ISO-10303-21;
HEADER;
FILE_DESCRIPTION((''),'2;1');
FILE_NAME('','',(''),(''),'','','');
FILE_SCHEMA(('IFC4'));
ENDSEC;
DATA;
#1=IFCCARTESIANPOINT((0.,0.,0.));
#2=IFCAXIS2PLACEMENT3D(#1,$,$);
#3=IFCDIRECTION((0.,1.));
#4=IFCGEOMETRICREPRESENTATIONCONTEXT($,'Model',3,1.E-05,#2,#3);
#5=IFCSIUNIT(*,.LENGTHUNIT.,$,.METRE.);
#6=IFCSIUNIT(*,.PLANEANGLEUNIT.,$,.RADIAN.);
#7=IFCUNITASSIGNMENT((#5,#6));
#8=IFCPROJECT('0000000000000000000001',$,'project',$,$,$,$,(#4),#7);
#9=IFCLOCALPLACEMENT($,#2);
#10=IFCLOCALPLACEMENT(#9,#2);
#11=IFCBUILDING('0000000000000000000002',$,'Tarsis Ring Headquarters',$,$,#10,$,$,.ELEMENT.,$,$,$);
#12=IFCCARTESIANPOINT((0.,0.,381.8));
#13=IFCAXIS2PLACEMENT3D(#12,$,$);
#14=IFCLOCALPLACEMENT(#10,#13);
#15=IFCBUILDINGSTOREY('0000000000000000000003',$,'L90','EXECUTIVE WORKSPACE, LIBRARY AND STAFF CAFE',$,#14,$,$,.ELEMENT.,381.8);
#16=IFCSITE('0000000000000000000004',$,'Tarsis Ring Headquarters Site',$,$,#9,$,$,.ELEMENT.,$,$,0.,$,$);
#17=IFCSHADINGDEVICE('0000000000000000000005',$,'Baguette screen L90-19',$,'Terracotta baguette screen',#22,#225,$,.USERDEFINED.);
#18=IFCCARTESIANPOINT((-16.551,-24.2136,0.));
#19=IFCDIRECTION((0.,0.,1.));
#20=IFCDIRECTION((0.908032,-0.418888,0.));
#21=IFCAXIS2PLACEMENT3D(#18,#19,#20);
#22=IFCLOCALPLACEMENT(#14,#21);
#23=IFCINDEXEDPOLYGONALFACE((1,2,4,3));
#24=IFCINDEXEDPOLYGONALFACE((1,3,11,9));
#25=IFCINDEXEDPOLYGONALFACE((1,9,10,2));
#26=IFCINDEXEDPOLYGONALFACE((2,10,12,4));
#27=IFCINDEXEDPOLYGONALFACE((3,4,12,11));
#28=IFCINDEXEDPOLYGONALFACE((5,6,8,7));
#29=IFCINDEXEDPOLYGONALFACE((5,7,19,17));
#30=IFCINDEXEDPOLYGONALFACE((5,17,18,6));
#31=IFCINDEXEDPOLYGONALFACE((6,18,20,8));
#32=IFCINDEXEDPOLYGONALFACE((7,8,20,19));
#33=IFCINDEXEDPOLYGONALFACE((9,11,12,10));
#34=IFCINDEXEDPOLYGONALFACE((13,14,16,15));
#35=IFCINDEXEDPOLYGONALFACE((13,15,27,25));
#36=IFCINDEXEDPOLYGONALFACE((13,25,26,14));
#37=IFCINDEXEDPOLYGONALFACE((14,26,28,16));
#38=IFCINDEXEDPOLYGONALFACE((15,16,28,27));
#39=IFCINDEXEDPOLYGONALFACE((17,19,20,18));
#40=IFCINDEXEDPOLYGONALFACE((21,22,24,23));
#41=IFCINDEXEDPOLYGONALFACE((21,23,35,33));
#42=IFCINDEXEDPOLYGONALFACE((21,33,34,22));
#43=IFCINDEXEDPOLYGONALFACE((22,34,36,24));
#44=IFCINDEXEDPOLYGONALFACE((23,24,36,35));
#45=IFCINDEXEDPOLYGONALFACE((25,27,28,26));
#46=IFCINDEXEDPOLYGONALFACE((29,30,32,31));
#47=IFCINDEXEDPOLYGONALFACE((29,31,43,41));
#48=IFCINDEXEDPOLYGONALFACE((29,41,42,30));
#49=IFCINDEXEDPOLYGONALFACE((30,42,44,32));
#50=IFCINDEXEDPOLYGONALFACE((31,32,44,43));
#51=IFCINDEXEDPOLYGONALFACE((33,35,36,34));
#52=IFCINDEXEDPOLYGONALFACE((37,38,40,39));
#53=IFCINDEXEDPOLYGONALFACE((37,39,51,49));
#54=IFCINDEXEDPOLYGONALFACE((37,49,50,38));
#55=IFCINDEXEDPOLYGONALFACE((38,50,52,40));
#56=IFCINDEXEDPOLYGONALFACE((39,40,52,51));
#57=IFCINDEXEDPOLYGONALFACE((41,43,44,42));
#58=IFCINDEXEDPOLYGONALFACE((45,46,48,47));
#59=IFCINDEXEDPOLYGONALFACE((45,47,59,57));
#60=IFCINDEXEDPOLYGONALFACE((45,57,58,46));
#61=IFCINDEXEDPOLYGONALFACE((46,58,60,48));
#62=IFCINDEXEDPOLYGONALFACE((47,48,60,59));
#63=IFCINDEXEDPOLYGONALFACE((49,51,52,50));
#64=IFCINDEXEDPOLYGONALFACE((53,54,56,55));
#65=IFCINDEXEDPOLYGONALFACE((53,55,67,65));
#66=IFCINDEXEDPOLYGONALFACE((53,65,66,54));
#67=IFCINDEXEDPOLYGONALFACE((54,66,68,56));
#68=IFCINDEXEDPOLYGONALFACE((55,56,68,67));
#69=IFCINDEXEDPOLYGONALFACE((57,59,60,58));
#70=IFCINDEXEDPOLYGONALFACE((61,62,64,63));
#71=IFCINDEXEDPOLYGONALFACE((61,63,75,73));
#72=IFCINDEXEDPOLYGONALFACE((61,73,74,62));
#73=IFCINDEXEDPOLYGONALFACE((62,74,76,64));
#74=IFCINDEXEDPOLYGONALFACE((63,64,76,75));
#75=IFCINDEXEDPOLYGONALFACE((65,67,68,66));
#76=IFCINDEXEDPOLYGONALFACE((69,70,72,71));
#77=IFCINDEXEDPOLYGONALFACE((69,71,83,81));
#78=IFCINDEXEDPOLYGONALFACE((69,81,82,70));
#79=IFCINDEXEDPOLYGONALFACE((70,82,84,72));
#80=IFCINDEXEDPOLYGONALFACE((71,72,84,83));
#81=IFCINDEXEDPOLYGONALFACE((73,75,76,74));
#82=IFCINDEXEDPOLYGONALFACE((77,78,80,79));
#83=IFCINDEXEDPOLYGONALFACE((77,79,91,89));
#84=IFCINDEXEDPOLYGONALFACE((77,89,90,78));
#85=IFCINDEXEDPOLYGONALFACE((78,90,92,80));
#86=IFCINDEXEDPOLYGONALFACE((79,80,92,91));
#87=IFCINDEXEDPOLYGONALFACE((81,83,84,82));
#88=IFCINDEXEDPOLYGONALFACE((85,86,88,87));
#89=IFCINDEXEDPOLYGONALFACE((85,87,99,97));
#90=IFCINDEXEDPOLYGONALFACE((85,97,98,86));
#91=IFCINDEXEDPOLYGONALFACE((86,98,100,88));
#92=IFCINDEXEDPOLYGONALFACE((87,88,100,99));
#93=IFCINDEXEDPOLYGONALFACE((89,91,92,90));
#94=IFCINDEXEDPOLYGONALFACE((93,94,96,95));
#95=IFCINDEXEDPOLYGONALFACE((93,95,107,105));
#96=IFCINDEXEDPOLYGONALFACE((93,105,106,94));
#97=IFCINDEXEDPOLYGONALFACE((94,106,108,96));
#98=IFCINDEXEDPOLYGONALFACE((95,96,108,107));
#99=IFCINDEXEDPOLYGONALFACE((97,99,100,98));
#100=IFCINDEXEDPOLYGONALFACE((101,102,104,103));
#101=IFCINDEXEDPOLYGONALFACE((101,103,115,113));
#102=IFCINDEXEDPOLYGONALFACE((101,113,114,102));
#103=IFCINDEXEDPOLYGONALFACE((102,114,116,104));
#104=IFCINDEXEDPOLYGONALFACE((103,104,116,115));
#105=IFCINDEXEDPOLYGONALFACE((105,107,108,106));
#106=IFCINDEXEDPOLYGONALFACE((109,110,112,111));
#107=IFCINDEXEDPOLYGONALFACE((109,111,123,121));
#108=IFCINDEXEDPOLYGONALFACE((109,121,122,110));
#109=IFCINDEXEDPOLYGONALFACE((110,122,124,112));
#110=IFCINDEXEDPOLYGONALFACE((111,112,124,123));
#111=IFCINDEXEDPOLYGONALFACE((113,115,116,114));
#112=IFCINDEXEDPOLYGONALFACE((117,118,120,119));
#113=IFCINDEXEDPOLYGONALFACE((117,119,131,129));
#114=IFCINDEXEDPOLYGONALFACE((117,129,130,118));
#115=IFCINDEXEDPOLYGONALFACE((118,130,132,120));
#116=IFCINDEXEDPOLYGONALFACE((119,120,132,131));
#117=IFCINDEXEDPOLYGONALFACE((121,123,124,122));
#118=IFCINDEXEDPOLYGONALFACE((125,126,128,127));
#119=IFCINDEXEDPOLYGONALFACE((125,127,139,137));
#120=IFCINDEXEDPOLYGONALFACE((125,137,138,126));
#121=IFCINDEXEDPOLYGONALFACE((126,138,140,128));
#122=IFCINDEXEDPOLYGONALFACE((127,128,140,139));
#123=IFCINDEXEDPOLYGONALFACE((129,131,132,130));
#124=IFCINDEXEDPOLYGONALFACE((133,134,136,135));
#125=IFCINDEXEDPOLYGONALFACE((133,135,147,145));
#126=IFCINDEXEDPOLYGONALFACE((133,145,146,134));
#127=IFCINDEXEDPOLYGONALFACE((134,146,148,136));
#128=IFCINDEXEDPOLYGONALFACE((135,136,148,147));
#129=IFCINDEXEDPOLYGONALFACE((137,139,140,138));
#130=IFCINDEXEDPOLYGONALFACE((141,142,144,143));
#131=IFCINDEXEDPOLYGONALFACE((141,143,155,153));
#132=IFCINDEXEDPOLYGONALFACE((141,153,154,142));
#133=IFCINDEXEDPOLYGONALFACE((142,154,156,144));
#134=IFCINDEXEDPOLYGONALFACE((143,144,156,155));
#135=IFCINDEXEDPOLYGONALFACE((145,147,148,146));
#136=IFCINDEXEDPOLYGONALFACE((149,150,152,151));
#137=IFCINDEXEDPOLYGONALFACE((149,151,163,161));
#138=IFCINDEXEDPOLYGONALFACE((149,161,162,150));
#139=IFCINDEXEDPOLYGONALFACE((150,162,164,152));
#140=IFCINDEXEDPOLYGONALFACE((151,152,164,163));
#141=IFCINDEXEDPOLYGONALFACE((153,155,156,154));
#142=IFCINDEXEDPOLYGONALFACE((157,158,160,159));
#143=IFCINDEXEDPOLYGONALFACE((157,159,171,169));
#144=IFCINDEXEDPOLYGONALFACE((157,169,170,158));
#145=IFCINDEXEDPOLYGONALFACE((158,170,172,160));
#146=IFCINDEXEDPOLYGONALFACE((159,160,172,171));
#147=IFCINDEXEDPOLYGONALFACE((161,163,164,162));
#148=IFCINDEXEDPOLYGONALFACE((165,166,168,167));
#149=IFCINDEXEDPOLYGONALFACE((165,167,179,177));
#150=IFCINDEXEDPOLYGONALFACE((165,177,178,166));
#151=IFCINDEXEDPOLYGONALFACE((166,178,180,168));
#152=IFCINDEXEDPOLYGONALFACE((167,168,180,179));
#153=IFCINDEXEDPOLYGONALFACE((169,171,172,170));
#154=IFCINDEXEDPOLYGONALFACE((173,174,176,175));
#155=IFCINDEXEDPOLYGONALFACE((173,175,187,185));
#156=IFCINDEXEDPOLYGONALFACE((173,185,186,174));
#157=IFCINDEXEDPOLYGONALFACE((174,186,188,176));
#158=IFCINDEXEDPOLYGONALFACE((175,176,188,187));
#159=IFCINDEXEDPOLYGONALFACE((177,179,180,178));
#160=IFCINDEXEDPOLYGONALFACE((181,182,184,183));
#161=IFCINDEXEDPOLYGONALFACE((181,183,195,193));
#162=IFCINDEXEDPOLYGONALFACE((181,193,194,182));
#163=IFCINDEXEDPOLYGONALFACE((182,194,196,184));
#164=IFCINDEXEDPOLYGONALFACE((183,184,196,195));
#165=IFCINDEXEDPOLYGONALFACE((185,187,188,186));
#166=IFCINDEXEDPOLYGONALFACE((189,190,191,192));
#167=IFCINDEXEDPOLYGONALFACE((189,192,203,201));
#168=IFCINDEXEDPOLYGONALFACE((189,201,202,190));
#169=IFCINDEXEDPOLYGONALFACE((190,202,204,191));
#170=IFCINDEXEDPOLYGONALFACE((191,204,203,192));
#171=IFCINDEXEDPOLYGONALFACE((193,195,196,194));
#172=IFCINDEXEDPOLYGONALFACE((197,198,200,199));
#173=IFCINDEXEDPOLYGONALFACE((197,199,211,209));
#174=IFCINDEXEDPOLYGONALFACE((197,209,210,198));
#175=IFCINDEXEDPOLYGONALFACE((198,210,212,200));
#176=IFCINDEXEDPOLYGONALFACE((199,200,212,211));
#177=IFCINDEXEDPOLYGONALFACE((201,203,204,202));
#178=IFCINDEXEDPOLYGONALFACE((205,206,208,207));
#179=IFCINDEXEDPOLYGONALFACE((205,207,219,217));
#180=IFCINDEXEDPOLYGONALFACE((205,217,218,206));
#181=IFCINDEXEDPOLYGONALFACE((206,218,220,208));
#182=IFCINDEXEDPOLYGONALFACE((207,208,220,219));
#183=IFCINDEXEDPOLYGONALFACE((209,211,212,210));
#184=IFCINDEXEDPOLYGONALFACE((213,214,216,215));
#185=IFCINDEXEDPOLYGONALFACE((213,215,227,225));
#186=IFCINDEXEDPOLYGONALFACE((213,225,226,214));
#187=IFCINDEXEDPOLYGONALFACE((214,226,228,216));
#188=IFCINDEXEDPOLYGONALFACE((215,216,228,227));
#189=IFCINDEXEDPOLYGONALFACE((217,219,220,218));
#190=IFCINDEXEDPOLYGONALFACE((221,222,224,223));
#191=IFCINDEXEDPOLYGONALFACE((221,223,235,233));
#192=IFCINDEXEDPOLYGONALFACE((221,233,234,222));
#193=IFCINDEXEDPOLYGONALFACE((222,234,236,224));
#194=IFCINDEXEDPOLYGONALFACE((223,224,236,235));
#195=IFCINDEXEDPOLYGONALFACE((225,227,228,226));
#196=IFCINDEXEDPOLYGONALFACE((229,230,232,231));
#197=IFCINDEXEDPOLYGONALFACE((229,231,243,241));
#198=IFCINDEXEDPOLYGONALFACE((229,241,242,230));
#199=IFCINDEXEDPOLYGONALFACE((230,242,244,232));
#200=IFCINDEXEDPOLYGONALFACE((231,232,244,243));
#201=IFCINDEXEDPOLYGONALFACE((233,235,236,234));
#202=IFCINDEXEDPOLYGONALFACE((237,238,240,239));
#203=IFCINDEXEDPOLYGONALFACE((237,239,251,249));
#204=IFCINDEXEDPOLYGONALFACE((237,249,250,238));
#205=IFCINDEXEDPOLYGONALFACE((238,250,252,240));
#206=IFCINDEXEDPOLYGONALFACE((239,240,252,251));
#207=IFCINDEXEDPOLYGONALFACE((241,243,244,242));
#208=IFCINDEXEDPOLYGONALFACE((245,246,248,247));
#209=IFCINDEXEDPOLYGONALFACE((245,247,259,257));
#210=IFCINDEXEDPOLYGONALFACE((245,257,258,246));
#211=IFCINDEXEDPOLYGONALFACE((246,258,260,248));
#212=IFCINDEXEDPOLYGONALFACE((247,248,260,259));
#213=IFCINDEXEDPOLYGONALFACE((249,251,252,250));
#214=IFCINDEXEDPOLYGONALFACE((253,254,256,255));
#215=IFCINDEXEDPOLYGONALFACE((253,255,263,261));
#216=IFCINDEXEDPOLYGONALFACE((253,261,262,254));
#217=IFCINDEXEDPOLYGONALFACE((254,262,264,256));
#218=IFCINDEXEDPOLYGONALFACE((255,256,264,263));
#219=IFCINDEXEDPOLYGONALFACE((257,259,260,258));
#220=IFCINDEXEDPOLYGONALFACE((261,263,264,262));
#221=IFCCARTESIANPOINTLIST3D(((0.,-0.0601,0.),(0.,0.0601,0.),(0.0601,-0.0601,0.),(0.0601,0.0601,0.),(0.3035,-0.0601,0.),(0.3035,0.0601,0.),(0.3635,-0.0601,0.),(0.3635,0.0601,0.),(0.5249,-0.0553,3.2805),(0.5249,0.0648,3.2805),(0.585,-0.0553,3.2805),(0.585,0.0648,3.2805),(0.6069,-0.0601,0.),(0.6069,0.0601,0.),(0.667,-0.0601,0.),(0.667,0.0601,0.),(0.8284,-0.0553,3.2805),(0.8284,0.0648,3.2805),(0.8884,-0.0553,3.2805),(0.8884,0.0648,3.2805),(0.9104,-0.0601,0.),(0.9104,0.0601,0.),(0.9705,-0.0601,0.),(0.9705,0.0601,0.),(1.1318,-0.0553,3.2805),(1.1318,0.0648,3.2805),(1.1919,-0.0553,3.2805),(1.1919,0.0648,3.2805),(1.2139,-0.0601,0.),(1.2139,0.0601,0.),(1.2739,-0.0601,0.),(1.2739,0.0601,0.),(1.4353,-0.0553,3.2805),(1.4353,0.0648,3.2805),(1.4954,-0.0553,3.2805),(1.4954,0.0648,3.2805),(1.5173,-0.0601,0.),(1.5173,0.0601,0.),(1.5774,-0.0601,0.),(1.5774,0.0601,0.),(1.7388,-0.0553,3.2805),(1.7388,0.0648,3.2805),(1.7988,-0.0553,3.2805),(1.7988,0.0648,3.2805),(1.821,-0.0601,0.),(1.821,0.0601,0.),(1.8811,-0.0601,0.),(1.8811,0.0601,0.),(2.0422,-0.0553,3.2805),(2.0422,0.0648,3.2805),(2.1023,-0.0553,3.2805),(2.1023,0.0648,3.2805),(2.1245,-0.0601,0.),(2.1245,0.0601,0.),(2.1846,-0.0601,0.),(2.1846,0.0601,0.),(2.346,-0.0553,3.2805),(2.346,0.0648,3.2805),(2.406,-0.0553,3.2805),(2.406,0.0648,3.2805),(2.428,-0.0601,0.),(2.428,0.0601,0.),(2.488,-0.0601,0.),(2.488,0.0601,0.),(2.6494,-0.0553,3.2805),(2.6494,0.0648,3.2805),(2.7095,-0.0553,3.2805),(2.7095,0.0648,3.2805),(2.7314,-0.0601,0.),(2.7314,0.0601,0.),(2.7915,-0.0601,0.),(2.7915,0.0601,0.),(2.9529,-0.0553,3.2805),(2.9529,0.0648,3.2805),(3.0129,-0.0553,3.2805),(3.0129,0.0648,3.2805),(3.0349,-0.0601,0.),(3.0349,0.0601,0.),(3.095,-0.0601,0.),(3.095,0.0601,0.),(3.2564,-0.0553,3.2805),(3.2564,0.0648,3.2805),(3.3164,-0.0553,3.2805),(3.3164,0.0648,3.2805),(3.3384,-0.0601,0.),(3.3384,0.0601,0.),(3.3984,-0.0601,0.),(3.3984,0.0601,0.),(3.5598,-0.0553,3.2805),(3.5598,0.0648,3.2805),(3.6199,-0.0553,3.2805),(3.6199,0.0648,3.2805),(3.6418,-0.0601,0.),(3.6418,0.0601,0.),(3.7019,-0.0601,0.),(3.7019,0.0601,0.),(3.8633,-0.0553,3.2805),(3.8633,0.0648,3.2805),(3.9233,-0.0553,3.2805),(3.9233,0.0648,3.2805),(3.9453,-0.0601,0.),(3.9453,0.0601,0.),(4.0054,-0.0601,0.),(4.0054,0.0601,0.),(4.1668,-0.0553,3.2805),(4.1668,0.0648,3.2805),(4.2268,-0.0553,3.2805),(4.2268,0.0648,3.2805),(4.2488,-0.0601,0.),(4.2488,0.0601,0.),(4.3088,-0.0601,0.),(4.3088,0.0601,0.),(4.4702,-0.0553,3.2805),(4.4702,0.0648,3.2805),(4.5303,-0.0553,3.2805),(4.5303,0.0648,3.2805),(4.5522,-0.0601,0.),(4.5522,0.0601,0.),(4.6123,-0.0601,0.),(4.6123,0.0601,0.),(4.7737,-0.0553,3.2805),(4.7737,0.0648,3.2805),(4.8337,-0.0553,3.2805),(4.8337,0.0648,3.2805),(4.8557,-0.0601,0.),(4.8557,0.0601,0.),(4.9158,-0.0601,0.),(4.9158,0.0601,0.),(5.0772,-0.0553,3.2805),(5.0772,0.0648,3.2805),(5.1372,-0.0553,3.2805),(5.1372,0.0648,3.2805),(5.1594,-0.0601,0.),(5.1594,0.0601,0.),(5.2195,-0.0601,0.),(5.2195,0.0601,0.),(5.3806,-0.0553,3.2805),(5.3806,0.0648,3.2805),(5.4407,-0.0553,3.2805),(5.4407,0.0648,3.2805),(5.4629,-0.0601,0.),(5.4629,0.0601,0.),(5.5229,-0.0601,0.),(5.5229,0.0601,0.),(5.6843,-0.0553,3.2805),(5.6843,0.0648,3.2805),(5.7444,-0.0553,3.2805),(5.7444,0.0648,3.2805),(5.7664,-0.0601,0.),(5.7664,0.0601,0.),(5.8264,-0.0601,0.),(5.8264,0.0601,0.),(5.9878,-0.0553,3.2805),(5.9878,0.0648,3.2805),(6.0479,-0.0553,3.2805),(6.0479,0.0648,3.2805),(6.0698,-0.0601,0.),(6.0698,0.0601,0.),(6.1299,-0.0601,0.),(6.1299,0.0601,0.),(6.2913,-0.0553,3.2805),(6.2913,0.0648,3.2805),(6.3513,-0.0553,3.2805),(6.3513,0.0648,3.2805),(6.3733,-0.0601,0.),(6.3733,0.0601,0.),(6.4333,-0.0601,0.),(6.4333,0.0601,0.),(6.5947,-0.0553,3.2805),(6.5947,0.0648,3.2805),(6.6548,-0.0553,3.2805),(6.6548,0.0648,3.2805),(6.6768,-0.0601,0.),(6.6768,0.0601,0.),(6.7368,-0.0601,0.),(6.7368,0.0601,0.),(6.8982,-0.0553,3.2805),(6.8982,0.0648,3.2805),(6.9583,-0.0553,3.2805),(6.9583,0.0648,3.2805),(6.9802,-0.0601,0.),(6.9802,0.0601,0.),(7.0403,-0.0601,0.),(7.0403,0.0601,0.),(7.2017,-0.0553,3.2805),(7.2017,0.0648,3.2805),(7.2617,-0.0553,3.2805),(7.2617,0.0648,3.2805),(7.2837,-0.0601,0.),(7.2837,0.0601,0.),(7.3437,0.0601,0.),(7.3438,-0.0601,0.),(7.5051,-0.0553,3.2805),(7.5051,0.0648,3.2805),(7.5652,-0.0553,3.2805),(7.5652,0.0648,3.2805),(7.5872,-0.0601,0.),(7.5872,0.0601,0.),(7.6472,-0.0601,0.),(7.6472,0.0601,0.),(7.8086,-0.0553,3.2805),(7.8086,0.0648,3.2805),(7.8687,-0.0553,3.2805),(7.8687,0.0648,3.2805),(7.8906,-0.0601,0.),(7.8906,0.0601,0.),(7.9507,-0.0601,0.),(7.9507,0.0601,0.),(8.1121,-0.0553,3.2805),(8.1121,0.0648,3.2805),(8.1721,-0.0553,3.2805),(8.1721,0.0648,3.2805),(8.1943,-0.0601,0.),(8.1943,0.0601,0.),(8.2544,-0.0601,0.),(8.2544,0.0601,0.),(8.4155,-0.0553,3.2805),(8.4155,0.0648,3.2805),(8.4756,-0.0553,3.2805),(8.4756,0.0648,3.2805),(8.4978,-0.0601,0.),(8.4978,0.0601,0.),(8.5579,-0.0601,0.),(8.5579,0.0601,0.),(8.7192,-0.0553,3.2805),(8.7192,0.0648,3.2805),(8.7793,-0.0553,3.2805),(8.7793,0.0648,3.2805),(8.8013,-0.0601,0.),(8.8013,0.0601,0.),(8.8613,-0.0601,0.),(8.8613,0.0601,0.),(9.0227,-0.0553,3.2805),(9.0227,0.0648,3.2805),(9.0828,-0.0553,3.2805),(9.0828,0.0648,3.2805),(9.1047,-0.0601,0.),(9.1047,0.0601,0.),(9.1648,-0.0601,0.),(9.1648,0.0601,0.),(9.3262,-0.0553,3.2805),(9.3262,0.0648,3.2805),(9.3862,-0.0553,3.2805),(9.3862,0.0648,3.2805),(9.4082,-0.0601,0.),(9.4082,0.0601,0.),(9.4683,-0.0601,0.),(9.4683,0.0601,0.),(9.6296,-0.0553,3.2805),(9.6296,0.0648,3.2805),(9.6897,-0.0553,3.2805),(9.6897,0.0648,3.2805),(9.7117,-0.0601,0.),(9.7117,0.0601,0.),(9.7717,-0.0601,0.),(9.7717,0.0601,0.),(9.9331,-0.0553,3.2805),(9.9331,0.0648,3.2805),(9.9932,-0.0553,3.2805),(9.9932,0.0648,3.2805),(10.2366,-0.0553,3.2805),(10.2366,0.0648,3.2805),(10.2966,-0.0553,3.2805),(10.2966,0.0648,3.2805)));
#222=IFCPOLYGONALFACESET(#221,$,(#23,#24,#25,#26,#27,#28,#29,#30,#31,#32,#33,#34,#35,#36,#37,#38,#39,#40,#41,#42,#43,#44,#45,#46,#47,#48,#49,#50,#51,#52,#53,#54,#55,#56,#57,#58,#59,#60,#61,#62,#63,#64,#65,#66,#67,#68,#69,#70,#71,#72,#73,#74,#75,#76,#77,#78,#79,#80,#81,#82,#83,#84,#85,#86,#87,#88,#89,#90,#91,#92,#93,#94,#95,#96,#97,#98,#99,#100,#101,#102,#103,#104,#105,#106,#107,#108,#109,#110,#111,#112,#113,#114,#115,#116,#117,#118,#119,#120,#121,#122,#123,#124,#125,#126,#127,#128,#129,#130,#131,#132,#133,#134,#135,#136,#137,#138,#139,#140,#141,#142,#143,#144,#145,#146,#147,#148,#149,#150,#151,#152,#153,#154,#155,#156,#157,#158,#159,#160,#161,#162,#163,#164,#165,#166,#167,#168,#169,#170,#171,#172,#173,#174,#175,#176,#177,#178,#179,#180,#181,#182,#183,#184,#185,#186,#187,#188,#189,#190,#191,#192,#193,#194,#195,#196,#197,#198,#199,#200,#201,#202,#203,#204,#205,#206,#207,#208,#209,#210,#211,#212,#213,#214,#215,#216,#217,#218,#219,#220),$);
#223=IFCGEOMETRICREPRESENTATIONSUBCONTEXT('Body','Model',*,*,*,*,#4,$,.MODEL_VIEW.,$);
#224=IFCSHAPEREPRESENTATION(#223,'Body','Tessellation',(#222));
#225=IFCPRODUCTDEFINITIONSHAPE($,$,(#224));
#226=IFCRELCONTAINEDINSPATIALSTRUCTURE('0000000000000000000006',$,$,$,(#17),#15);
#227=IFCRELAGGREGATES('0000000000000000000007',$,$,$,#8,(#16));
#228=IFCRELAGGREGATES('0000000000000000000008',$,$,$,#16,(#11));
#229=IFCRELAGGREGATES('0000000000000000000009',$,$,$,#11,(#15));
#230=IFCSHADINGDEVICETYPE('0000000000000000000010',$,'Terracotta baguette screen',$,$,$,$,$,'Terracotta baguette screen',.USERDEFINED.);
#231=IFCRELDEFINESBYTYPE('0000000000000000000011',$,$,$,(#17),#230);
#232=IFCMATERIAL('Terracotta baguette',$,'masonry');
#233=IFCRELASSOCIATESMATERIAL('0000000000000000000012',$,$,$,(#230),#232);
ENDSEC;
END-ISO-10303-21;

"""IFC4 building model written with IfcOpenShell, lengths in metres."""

from ifc_helpers import new_model, si_unit, direction, frame, frame_2d, origin, place, context, subcontext, project, spatial, rectangle, composite_profile, extrude, material, type_object, element, save


model = new_model("IFC4")

# Units and contexts
model_context = context("Model", 3, precision=1e-05, world=origin(), true_north=direction((0.0, 1.0)))
body_context = subcontext(model_context, "Body", "Model", "MODEL_VIEW")
ifc_project = project(units=[si_unit("LENGTHUNIT", "METRE"), si_unit("PLANEANGLEUNIT", "RADIAN")], contexts=[model_context])

# Site, building, storey
site_placement = place(None, origin())
site = spatial("IfcSite", under=ifc_project, at=site_placement, Name="Tarsis Ring Headquarters Site", CompositionType="ELEMENT", RefElevation=0.0)
building_placement = place(site_placement, origin())
building = spatial("IfcBuilding", under=site, at=building_placement, Name="Tarsis Ring Headquarters", CompositionType="ELEMENT")
storey_placement = place(building_placement, frame((0.0, 0.0, 381.8)))
storey = spatial("IfcBuildingStorey", under=building, at=storey_placement, Name="L90", Description="EXECUTIVE WORKSPACE, LIBRARY AND STAFF CAFE", CompositionType="ELEMENT", Elevation=381.8)

# Shading device
ifc_material_1 = material(Name="Terracotta baguette", Category="masonry")
shading_device_type_1 = type_object("IfcShadingDeviceType", Name="Terracotta baguette screen", ElementType="Terracotta baguette screen", PredefinedType="USERDEFINED", material=ifc_material_1)
shading_device_1_placement = place(storey_placement, frame((-16.551, -24.2136, 0.0), z_axis=(0.0, 0.0, 1.0), x_axis=(0.908032, -0.418888, 0.0)))
element("IfcShadingDevice", 1, at=shading_device_1_placement, inside=storey, type_object=shading_device_type_1, Name="Baguette screen L90-19", ObjectType="Terracotta baguette screen", PredefinedType="USERDEFINED", context=body_context, shape_type="SweptSolid", body=[
    extrude(composite_profile([rectangle(XDim=0.0601, YDim=0.1201, at=frame_2d((0.03, 0.0))), rectangle(XDim=0.0601, YDim=0.1201, at=frame_2d((0.3335, 0.0))), rectangle(XDim=0.0601, YDim=0.1201, at=frame_2d((0.637, 0.0))), rectangle(XDim=0.0601, YDim=0.1201, at=frame_2d((0.9404, 0.0))), rectangle(XDim=0.0601, YDim=0.1201, at=frame_2d((1.2439, 0.0))), rectangle(XDim=0.0601, YDim=0.1201, at=frame_2d((1.5474, 0.0))), rectangle(XDim=0.0601, YDim=0.1201, at=frame_2d((1.8511, 0.0))), rectangle(XDim=0.0601, YDim=0.1201, at=frame_2d((2.1545, 0.0))), rectangle(XDim=0.0601, YDim=0.1201, at=frame_2d((2.458, 0.0))), rectangle(XDim=0.0601, YDim=0.1201, at=frame_2d((2.7615, 0.0))), rectangle(XDim=0.0601, YDim=0.1201, at=frame_2d((3.0649, 0.0))), rectangle(XDim=0.0601, YDim=0.1201, at=frame_2d((3.3684, 0.0))), rectangle(XDim=0.0601, YDim=0.1201, at=frame_2d((3.6719, 0.0))), rectangle(XDim=0.0601, YDim=0.1201, at=frame_2d((3.9753, 0.0))), rectangle(XDim=0.0601, YDim=0.1201, at=frame_2d((4.2788, 0.0))), rectangle(XDim=0.0601, YDim=0.1201, at=frame_2d((4.5823, 0.0))), rectangle(XDim=0.0601, YDim=0.1201, at=frame_2d((4.8857, 0.0))), rectangle(XDim=0.0601, YDim=0.1201, at=frame_2d((5.1895, 0.0))), rectangle(XDim=0.0601, YDim=0.1201, at=frame_2d((5.4929, 0.0))), rectangle(XDim=0.0601, YDim=0.1201, at=frame_2d((5.7964, 0.0))), rectangle(XDim=0.0601, YDim=0.1201, at=frame_2d((6.0999, 0.0))), rectangle(XDim=0.0601, YDim=0.1201, at=frame_2d((6.4033, 0.0))), rectangle(XDim=0.0601, YDim=0.1201, at=frame_2d((6.7068, 0.0))), rectangle(XDim=0.0601, YDim=0.1201, at=frame_2d((7.0103, 0.0))), rectangle(XDim=0.0601, YDim=0.1201, at=frame_2d((7.3137, 0.0))), rectangle(XDim=0.0601, YDim=0.1201, at=frame_2d((7.6172, 0.0))), rectangle(XDim=0.0601, YDim=0.1201, at=frame_2d((7.9207, 0.0))), rectangle(XDim=0.0601, YDim=0.1201, at=frame_2d((8.2244, 0.0))), rectangle(XDim=0.0601, YDim=0.1201, at=frame_2d((8.5278, 0.0))), rectangle(XDim=0.0601, YDim=0.1201, at=frame_2d((8.8313, 0.0))), rectangle(XDim=0.0601, YDim=0.1201, at=frame_2d((9.1348, 0.0))), rectangle(XDim=0.0601, YDim=0.1201, at=frame_2d((9.4382, 0.0))), rectangle(XDim=0.0601, YDim=0.1201, at=frame_2d((9.7417, 0.0)))]), origin(), (0.157997, 0.001433, 0.987439), 3.3223),
])

save(model, "model.ifc")
